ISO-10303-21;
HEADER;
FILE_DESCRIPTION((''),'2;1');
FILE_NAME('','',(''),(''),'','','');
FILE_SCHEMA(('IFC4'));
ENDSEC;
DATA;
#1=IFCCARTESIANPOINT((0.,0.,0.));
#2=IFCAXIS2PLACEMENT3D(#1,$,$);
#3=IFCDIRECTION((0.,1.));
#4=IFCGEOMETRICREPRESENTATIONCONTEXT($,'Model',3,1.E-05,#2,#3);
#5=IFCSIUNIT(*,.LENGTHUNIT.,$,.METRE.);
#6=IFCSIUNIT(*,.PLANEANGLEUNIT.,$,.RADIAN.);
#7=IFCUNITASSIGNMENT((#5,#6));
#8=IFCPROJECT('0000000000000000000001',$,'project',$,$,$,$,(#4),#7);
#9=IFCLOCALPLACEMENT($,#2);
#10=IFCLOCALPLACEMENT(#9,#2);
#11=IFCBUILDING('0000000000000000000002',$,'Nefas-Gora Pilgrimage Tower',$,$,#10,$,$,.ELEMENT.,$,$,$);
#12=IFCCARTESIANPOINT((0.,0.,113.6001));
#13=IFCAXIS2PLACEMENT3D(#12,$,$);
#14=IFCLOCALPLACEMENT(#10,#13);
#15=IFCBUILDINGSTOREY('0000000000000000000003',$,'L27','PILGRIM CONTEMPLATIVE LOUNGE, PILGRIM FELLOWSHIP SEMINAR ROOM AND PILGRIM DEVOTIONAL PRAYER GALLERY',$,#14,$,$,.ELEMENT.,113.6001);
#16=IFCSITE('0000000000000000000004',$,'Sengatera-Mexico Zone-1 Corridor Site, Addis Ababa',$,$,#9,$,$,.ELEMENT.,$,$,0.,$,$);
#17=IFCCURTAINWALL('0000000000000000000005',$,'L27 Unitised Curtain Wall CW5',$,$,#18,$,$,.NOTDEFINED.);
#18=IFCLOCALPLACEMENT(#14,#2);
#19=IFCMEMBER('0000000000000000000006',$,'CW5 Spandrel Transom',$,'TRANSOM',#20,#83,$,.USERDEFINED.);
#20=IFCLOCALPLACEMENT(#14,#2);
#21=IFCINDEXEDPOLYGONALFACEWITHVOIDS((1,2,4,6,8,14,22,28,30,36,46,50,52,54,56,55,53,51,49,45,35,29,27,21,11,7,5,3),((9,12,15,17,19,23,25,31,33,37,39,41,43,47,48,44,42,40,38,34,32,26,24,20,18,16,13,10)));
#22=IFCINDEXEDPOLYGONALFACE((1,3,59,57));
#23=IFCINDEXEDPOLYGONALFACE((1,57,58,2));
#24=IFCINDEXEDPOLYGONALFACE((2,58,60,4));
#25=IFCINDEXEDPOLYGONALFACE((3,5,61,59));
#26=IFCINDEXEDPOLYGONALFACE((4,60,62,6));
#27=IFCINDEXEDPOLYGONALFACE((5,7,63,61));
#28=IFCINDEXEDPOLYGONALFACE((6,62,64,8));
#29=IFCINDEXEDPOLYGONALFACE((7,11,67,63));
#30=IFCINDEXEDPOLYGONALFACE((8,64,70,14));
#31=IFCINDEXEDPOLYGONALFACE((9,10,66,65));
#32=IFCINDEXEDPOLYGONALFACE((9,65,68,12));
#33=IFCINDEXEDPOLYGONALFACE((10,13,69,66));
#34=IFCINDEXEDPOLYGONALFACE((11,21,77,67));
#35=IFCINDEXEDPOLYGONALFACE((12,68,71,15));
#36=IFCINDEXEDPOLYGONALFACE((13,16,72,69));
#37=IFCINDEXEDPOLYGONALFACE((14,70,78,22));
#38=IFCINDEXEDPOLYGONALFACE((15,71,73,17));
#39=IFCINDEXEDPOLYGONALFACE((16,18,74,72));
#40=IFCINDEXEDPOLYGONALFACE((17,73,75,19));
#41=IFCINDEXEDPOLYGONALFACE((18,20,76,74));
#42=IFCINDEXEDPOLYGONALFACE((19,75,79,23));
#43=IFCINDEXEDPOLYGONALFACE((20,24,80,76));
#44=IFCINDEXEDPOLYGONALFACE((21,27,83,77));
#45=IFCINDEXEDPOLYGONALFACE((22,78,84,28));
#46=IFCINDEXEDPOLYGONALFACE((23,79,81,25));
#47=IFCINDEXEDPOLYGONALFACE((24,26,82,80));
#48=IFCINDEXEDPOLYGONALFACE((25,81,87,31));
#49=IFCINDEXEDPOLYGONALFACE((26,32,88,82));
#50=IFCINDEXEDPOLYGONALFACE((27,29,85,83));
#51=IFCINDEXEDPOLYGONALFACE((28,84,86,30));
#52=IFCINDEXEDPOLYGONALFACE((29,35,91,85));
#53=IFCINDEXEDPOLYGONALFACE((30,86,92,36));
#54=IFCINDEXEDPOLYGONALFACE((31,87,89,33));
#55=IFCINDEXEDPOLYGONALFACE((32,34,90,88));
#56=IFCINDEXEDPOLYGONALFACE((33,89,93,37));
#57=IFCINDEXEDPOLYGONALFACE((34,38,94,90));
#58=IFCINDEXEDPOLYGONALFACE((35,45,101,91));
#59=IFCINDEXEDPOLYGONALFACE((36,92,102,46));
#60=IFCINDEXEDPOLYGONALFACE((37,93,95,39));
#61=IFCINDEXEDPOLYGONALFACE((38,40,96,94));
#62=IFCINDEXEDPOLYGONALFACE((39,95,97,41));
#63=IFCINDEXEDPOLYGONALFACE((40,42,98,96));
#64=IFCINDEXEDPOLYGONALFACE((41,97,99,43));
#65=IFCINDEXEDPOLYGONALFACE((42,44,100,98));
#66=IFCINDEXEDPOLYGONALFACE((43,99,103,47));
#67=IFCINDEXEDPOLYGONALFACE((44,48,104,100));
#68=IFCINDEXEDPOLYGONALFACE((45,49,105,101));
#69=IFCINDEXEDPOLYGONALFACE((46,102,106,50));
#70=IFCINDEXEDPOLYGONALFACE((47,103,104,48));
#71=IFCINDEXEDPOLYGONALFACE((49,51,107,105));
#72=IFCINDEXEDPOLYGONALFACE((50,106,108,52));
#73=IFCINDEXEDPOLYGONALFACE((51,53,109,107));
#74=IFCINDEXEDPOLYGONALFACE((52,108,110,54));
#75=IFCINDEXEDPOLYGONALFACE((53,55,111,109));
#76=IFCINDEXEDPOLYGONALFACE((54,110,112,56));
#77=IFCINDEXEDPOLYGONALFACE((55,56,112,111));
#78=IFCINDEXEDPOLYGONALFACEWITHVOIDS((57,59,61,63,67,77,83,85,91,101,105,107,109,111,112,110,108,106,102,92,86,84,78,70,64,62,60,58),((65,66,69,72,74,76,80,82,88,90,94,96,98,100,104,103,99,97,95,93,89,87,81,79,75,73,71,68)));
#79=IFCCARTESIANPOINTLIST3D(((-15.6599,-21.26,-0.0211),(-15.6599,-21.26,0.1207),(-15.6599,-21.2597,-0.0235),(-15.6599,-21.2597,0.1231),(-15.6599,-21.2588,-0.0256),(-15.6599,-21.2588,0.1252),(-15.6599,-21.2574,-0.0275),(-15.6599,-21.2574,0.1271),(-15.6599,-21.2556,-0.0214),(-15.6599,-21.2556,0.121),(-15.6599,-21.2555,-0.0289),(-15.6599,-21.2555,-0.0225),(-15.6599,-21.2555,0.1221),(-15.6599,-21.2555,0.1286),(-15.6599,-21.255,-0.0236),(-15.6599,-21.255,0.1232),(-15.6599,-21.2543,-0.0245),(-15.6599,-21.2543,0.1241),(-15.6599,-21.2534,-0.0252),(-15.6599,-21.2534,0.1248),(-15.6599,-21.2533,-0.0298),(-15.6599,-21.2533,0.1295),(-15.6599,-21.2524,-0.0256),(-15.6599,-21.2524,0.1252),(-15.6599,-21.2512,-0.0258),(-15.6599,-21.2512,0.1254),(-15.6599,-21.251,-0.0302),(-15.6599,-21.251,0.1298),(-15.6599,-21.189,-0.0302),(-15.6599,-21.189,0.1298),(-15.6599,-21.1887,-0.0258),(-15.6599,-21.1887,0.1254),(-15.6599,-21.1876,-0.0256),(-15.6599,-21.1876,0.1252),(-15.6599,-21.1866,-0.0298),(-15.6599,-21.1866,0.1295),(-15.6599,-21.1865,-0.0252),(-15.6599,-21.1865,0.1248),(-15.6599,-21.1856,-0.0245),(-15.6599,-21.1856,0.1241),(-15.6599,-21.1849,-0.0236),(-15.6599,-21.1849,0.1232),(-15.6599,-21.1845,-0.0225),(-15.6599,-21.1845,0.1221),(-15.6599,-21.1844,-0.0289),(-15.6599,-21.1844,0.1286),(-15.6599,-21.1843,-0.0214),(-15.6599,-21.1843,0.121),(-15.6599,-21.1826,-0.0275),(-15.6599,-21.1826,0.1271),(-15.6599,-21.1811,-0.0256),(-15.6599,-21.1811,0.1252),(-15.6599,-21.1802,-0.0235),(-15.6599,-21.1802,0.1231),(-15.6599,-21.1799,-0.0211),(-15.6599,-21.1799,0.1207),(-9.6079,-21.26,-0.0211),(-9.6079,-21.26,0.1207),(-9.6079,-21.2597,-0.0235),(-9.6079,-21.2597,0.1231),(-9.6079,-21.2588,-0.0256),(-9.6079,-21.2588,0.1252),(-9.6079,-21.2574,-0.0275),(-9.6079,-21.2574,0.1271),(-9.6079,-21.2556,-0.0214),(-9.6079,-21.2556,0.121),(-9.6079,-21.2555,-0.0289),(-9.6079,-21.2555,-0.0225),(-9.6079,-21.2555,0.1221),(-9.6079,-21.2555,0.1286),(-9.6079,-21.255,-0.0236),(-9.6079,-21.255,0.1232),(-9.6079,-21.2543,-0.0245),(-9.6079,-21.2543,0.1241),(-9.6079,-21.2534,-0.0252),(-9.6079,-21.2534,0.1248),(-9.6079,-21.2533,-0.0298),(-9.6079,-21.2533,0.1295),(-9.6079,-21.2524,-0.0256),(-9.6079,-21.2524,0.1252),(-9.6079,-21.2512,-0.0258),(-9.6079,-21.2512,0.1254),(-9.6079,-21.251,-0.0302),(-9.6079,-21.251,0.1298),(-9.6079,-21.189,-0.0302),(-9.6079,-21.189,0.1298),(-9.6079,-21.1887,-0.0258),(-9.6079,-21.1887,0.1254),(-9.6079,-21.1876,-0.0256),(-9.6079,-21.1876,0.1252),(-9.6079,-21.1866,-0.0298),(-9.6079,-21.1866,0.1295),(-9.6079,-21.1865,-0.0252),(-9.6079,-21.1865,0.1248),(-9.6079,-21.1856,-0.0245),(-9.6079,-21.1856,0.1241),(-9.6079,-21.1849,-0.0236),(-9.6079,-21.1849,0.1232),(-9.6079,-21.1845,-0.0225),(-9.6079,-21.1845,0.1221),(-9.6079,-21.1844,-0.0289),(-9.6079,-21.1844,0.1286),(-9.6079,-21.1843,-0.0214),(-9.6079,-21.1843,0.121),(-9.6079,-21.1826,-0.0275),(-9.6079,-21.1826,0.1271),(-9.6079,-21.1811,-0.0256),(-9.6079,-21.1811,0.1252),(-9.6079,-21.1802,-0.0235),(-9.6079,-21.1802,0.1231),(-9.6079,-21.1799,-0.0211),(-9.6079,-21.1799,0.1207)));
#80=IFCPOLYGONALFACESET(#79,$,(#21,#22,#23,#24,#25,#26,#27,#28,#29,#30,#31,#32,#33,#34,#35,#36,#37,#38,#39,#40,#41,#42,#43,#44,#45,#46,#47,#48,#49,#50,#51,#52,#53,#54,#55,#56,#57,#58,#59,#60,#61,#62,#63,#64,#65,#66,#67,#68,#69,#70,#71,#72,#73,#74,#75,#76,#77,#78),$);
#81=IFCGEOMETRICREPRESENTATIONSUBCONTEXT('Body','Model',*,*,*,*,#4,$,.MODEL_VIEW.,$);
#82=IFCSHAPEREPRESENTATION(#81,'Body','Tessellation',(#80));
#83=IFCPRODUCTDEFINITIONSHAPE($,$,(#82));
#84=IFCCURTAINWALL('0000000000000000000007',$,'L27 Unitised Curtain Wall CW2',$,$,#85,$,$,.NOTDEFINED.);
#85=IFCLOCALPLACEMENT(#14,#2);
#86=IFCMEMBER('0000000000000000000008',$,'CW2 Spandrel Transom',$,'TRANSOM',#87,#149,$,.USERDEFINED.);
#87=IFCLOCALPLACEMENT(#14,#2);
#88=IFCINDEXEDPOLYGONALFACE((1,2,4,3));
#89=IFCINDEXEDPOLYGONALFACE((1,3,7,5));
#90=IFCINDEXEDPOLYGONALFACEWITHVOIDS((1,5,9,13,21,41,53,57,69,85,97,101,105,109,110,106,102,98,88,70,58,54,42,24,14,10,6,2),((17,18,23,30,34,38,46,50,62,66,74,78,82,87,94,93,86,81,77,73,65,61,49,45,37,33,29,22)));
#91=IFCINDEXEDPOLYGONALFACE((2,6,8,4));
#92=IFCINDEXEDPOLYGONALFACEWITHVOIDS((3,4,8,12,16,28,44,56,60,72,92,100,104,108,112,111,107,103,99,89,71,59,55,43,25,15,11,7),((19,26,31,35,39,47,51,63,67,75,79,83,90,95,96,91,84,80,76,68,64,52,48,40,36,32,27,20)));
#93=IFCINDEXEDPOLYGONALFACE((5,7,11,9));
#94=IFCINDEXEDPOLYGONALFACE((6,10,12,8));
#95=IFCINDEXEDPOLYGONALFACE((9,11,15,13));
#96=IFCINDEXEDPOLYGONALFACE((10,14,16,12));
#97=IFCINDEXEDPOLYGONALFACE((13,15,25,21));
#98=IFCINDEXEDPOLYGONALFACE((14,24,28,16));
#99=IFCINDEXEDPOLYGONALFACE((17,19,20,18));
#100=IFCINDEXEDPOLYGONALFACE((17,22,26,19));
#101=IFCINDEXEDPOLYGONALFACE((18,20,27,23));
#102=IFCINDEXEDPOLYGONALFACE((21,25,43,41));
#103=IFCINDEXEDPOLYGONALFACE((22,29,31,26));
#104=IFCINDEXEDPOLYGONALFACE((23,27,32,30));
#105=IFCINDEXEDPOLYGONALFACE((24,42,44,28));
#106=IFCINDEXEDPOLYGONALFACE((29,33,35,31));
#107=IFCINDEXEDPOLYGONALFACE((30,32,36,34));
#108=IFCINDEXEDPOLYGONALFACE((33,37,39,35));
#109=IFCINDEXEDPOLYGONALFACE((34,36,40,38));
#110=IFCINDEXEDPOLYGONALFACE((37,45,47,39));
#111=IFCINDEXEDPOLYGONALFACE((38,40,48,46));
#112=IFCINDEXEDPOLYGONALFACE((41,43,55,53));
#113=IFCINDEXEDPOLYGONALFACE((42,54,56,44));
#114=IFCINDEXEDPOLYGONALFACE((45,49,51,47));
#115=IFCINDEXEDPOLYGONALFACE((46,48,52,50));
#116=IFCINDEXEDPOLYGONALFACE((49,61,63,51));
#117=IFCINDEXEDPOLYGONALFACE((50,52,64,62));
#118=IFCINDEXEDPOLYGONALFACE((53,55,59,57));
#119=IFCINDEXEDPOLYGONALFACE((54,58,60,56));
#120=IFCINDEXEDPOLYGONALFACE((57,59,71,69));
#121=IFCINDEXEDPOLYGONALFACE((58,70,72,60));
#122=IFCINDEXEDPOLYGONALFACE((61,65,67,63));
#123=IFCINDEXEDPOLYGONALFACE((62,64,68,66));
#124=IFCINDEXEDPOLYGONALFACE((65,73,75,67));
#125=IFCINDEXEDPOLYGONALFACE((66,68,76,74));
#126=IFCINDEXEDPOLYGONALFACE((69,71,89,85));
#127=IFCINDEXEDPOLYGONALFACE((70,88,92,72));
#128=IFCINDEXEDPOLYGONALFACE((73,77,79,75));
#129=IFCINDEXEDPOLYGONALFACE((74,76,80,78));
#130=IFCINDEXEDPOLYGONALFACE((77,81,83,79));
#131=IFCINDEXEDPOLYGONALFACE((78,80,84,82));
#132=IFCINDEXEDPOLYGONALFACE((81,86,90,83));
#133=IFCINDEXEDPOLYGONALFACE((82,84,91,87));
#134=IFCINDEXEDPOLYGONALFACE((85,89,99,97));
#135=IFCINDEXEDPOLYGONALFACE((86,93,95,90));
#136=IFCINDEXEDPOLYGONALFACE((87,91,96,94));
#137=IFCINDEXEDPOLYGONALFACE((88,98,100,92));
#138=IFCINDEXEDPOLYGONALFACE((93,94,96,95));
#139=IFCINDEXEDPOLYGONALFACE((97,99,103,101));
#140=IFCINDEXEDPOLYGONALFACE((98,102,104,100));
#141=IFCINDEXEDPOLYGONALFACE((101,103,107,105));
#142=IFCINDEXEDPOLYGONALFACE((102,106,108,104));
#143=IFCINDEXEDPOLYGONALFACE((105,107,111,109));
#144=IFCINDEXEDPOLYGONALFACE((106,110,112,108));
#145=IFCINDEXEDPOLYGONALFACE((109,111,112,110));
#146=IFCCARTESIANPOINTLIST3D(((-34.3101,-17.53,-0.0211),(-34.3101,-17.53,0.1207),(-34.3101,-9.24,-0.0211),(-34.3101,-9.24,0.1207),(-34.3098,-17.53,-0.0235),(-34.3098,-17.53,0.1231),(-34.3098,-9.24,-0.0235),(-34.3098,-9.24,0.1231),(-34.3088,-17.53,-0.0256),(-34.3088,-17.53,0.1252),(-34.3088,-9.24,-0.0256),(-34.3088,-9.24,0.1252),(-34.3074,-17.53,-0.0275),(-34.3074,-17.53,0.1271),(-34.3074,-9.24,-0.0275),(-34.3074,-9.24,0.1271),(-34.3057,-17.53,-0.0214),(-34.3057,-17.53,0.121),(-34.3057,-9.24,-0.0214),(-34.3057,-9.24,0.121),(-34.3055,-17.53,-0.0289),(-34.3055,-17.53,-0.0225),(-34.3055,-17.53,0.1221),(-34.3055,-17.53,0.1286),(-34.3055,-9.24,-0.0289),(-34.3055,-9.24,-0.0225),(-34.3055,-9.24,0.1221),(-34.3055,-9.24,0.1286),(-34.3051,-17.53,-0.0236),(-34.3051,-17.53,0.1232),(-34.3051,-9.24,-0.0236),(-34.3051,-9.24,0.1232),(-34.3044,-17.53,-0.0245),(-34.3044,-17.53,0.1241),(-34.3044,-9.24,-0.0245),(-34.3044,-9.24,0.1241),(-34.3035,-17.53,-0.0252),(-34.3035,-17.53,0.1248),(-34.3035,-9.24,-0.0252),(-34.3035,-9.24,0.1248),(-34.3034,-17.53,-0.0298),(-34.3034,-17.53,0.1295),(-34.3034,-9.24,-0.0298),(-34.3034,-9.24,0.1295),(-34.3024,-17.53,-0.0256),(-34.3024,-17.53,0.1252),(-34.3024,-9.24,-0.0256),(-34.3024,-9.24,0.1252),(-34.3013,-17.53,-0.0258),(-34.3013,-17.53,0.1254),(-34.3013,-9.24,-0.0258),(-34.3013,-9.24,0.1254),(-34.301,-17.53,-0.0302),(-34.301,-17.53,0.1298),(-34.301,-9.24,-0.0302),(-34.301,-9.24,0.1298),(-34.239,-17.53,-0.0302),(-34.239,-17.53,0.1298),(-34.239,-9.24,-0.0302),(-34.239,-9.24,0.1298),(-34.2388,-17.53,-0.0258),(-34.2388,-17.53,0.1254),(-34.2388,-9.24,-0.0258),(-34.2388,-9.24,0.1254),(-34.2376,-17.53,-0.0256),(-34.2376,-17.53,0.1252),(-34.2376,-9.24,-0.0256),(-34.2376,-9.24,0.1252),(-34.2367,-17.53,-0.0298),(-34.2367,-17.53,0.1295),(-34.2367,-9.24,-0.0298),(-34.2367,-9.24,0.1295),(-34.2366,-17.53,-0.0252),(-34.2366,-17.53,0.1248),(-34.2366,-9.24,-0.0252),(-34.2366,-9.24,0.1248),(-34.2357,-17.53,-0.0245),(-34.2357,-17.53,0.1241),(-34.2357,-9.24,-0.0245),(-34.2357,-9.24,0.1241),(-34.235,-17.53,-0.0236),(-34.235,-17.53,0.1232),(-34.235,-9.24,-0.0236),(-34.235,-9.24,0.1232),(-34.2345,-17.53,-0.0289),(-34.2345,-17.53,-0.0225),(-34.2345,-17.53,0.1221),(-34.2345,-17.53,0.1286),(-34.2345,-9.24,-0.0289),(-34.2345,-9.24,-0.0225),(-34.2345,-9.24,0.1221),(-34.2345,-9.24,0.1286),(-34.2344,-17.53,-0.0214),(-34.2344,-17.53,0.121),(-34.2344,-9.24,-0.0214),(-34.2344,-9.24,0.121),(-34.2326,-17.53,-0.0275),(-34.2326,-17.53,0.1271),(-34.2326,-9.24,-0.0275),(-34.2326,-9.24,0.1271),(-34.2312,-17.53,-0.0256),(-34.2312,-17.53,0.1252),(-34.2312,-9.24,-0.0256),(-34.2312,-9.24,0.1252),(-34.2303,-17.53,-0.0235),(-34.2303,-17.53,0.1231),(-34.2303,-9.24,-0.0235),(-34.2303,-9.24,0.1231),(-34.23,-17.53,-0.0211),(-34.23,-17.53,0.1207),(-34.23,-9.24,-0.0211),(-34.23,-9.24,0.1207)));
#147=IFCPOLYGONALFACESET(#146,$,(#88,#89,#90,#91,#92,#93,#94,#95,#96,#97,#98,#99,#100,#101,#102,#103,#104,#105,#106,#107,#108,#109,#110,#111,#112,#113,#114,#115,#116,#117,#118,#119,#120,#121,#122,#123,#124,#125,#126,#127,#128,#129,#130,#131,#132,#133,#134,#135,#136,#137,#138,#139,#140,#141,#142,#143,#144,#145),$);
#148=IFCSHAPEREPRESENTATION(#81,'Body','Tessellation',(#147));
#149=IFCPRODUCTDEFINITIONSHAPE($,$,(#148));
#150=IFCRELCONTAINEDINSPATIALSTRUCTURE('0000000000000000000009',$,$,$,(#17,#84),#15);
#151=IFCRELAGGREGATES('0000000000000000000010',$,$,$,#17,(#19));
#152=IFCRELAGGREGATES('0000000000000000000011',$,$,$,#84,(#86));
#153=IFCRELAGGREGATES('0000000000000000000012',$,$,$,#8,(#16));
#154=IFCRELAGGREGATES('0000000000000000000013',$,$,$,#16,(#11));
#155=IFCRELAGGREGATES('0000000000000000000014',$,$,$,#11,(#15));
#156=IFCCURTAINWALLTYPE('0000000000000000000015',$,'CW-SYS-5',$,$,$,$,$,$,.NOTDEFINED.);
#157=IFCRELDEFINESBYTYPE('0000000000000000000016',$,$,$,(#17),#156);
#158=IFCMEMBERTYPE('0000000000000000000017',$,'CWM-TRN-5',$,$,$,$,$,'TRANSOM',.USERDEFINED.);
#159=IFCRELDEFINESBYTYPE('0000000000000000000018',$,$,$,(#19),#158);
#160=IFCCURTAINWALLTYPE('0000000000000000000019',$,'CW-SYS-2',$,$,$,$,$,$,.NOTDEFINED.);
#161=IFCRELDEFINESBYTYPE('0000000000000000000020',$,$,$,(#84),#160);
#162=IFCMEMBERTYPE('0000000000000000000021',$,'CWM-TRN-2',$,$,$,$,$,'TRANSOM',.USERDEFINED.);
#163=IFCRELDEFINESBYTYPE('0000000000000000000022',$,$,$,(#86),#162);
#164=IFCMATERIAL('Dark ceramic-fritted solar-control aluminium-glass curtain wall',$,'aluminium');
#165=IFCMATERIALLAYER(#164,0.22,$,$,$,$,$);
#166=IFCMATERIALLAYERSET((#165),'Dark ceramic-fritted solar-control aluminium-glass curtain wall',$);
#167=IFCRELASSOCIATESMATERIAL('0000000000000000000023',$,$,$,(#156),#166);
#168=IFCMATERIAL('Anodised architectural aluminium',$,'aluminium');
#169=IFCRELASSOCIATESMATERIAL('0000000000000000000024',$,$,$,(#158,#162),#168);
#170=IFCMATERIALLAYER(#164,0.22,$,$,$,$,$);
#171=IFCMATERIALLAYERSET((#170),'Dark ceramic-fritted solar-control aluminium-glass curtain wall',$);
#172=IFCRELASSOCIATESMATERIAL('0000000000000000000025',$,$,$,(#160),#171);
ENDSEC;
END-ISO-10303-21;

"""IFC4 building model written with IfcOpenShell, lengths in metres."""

from ifc_helpers import new_model, si_unit, direction, frame, origin, origin_2d, place, context, subcontext, project, spatial, hollow_rectangle, extrude, source, transform, mapped, material, layer, layer_set, material_profile, profile_set, type_object, element, aggregate, save


model = new_model("IFC4")

# Units and contexts
model_context = context("Model", 3, precision=1e-05, world=origin(), true_north=direction((0.0, 1.0)))
body_context = subcontext(model_context, "Body", "Model", "MODEL_VIEW")
ifc_project = project(units=[si_unit("LENGTHUNIT", "METRE"), si_unit("PLANEANGLEUNIT", "RADIAN")], contexts=[model_context])

# Site, building, storey
site_placement = place(None, origin())
site = spatial("IfcSite", under=ifc_project, at=site_placement, Name="Sengatera-Mexico Zone-1 Corridor Site, Addis Ababa", CompositionType="ELEMENT", RefElevation=0.0)
building_placement = place(site_placement, origin())
building = spatial("IfcBuilding", under=site, at=building_placement, Name="Nefas-Gora Pilgrimage Tower", CompositionType="ELEMENT")
storey_placement = place(building_placement, frame((0.0, 0.0, 113.6001)))
storey = spatial("IfcBuildingStorey", under=building, at=storey_placement, Name="L27", Description="PILGRIM CONTEMPLATIVE LOUNGE, PILGRIM FELLOWSHIP SEMINAR ROOM AND PILGRIM DEVOTIONAL PRAYER GALLERY", CompositionType="ELEMENT", Elevation=113.6001)

# Curtain walls, members
ifc_material_1 = material(Name="Dark ceramic-fritted solar-control aluminium-glass curtain wall", Category="aluminium")
ifc_layer_1 = layer(ifc_material_1, 0.22)
ifc_layer_set_1 = layer_set([ifc_layer_1], Name="Dark ceramic-fritted solar-control aluminium-glass curtain wall")
curtain_wall_type_1 = type_object("IfcCurtainWallType", Name="CW-SYS-5", PredefinedType="NOTDEFINED", material=ifc_layer_set_1)
curtain_wall_1_placement = place(storey_placement, origin())
curtain_wall_1 = element("IfcCurtainWall", 1, at=curtain_wall_1_placement, inside=storey, type_object=curtain_wall_type_1, Name="L27 Unitised Curtain Wall CW5", PredefinedType="NOTDEFINED")
ifc_material_2 = material(Name="Anodised architectural aluminium", Category="aluminium")
ifc_material_profile_1 = material_profile(ifc_material_2, hollow_rectangle(XDim=0.0801, YDim=0.1599, WallThickness=0.0044, InnerFilletRadius=0.0044, OuterFilletRadius=0.009, at=origin_2d()), Name="ALU TRANSOM 80x160")
ifc_profile_set_1 = profile_set([ifc_material_profile_1], Name="Anodised architectural aluminium")
member_type_1 = type_object("IfcMemberType", Name="CWM-TRN-5", ElementType="TRANSOM", PredefinedType="USERDEFINED", material=ifc_profile_set_1)
shared_shape_1 = source(origin(), body_context, "Body", "SweptSolid", [
    extrude(hollow_rectangle(XDim=0.0801, YDim=0.1599, WallThickness=0.0044, InnerFilletRadius=0.0044, OuterFilletRadius=0.009, at=origin_2d()), origin(), (0.0, 0.0, 1.0), 6.052),
])
member_1_placement = place(storey_placement, frame((-15.6599, -21.22, 0.0498), z_axis=(1.0, 0.0, 0.0), x_axis=(0.0, 1.0, 0.0)))
member_1 = element("IfcMember", 2, at=member_1_placement, type_object=member_type_1, Name="CW5 Spandrel Transom", ObjectType="TRANSOM", PredefinedType="USERDEFINED", context=body_context, shape_type="MappedRepresentation", body=[
    mapped(shared_shape_1, transform((0.0, 0.0, 0.0), x_axis=(1.0, 0.0, 0.0), y_axis=(0.0, 1.0, 0.0), z_axis=(0.0, 0.0, 1.0), scale=1.0)),
])
ifc_layer_2 = layer(ifc_material_1, 0.22)
ifc_layer_set_2 = layer_set([ifc_layer_2], Name="Dark ceramic-fritted solar-control aluminium-glass curtain wall")
curtain_wall_type_2 = type_object("IfcCurtainWallType", Name="CW-SYS-2", PredefinedType="NOTDEFINED", material=ifc_layer_set_2)
curtain_wall_2_placement = place(storey_placement, origin())
curtain_wall_2 = element("IfcCurtainWall", 3, at=curtain_wall_2_placement, inside=storey, type_object=curtain_wall_type_2, Name="L27 Unitised Curtain Wall CW2", PredefinedType="NOTDEFINED")
ifc_material_profile_2 = material_profile(ifc_material_2, hollow_rectangle(XDim=0.0801, YDim=0.1599, WallThickness=0.0044, InnerFilletRadius=0.0044, OuterFilletRadius=0.009, at=origin_2d()), Name="ALU TRANSOM 80x160")
ifc_profile_set_2 = profile_set([ifc_material_profile_2], Name="Anodised architectural aluminium")
member_type_2 = type_object("IfcMemberType", Name="CWM-TRN-2", ElementType="TRANSOM", PredefinedType="USERDEFINED", material=ifc_profile_set_2)
shared_shape_2 = source(origin(), body_context, "Body", "SweptSolid", [
    extrude(hollow_rectangle(XDim=0.0801, YDim=0.1599, WallThickness=0.0044, InnerFilletRadius=0.0044, OuterFilletRadius=0.009, at=origin_2d()), origin(), (0.0, 0.0, 1.0), 8.29),
])
member_2_placement = place(storey_placement, frame((-34.27, -9.24, 0.0498), z_axis=(0.0, -1.0, 0.0), x_axis=(1.0, 0.0, 0.0)))
member_2 = element("IfcMember", 4, at=member_2_placement, type_object=member_type_2, Name="CW2 Spandrel Transom", ObjectType="TRANSOM", PredefinedType="USERDEFINED", context=body_context, shape_type="MappedRepresentation", body=[
    mapped(shared_shape_2, transform((0.0, 0.0, 0.0), x_axis=(1.0, 0.0, 0.0), y_axis=(0.0, 1.0, 0.0), z_axis=(0.0, 0.0, 1.0), scale=1.0)),
])

aggregate(curtain_wall_1, [member_1])

aggregate(curtain_wall_2, [member_2])

save(model, "model.ifc")
